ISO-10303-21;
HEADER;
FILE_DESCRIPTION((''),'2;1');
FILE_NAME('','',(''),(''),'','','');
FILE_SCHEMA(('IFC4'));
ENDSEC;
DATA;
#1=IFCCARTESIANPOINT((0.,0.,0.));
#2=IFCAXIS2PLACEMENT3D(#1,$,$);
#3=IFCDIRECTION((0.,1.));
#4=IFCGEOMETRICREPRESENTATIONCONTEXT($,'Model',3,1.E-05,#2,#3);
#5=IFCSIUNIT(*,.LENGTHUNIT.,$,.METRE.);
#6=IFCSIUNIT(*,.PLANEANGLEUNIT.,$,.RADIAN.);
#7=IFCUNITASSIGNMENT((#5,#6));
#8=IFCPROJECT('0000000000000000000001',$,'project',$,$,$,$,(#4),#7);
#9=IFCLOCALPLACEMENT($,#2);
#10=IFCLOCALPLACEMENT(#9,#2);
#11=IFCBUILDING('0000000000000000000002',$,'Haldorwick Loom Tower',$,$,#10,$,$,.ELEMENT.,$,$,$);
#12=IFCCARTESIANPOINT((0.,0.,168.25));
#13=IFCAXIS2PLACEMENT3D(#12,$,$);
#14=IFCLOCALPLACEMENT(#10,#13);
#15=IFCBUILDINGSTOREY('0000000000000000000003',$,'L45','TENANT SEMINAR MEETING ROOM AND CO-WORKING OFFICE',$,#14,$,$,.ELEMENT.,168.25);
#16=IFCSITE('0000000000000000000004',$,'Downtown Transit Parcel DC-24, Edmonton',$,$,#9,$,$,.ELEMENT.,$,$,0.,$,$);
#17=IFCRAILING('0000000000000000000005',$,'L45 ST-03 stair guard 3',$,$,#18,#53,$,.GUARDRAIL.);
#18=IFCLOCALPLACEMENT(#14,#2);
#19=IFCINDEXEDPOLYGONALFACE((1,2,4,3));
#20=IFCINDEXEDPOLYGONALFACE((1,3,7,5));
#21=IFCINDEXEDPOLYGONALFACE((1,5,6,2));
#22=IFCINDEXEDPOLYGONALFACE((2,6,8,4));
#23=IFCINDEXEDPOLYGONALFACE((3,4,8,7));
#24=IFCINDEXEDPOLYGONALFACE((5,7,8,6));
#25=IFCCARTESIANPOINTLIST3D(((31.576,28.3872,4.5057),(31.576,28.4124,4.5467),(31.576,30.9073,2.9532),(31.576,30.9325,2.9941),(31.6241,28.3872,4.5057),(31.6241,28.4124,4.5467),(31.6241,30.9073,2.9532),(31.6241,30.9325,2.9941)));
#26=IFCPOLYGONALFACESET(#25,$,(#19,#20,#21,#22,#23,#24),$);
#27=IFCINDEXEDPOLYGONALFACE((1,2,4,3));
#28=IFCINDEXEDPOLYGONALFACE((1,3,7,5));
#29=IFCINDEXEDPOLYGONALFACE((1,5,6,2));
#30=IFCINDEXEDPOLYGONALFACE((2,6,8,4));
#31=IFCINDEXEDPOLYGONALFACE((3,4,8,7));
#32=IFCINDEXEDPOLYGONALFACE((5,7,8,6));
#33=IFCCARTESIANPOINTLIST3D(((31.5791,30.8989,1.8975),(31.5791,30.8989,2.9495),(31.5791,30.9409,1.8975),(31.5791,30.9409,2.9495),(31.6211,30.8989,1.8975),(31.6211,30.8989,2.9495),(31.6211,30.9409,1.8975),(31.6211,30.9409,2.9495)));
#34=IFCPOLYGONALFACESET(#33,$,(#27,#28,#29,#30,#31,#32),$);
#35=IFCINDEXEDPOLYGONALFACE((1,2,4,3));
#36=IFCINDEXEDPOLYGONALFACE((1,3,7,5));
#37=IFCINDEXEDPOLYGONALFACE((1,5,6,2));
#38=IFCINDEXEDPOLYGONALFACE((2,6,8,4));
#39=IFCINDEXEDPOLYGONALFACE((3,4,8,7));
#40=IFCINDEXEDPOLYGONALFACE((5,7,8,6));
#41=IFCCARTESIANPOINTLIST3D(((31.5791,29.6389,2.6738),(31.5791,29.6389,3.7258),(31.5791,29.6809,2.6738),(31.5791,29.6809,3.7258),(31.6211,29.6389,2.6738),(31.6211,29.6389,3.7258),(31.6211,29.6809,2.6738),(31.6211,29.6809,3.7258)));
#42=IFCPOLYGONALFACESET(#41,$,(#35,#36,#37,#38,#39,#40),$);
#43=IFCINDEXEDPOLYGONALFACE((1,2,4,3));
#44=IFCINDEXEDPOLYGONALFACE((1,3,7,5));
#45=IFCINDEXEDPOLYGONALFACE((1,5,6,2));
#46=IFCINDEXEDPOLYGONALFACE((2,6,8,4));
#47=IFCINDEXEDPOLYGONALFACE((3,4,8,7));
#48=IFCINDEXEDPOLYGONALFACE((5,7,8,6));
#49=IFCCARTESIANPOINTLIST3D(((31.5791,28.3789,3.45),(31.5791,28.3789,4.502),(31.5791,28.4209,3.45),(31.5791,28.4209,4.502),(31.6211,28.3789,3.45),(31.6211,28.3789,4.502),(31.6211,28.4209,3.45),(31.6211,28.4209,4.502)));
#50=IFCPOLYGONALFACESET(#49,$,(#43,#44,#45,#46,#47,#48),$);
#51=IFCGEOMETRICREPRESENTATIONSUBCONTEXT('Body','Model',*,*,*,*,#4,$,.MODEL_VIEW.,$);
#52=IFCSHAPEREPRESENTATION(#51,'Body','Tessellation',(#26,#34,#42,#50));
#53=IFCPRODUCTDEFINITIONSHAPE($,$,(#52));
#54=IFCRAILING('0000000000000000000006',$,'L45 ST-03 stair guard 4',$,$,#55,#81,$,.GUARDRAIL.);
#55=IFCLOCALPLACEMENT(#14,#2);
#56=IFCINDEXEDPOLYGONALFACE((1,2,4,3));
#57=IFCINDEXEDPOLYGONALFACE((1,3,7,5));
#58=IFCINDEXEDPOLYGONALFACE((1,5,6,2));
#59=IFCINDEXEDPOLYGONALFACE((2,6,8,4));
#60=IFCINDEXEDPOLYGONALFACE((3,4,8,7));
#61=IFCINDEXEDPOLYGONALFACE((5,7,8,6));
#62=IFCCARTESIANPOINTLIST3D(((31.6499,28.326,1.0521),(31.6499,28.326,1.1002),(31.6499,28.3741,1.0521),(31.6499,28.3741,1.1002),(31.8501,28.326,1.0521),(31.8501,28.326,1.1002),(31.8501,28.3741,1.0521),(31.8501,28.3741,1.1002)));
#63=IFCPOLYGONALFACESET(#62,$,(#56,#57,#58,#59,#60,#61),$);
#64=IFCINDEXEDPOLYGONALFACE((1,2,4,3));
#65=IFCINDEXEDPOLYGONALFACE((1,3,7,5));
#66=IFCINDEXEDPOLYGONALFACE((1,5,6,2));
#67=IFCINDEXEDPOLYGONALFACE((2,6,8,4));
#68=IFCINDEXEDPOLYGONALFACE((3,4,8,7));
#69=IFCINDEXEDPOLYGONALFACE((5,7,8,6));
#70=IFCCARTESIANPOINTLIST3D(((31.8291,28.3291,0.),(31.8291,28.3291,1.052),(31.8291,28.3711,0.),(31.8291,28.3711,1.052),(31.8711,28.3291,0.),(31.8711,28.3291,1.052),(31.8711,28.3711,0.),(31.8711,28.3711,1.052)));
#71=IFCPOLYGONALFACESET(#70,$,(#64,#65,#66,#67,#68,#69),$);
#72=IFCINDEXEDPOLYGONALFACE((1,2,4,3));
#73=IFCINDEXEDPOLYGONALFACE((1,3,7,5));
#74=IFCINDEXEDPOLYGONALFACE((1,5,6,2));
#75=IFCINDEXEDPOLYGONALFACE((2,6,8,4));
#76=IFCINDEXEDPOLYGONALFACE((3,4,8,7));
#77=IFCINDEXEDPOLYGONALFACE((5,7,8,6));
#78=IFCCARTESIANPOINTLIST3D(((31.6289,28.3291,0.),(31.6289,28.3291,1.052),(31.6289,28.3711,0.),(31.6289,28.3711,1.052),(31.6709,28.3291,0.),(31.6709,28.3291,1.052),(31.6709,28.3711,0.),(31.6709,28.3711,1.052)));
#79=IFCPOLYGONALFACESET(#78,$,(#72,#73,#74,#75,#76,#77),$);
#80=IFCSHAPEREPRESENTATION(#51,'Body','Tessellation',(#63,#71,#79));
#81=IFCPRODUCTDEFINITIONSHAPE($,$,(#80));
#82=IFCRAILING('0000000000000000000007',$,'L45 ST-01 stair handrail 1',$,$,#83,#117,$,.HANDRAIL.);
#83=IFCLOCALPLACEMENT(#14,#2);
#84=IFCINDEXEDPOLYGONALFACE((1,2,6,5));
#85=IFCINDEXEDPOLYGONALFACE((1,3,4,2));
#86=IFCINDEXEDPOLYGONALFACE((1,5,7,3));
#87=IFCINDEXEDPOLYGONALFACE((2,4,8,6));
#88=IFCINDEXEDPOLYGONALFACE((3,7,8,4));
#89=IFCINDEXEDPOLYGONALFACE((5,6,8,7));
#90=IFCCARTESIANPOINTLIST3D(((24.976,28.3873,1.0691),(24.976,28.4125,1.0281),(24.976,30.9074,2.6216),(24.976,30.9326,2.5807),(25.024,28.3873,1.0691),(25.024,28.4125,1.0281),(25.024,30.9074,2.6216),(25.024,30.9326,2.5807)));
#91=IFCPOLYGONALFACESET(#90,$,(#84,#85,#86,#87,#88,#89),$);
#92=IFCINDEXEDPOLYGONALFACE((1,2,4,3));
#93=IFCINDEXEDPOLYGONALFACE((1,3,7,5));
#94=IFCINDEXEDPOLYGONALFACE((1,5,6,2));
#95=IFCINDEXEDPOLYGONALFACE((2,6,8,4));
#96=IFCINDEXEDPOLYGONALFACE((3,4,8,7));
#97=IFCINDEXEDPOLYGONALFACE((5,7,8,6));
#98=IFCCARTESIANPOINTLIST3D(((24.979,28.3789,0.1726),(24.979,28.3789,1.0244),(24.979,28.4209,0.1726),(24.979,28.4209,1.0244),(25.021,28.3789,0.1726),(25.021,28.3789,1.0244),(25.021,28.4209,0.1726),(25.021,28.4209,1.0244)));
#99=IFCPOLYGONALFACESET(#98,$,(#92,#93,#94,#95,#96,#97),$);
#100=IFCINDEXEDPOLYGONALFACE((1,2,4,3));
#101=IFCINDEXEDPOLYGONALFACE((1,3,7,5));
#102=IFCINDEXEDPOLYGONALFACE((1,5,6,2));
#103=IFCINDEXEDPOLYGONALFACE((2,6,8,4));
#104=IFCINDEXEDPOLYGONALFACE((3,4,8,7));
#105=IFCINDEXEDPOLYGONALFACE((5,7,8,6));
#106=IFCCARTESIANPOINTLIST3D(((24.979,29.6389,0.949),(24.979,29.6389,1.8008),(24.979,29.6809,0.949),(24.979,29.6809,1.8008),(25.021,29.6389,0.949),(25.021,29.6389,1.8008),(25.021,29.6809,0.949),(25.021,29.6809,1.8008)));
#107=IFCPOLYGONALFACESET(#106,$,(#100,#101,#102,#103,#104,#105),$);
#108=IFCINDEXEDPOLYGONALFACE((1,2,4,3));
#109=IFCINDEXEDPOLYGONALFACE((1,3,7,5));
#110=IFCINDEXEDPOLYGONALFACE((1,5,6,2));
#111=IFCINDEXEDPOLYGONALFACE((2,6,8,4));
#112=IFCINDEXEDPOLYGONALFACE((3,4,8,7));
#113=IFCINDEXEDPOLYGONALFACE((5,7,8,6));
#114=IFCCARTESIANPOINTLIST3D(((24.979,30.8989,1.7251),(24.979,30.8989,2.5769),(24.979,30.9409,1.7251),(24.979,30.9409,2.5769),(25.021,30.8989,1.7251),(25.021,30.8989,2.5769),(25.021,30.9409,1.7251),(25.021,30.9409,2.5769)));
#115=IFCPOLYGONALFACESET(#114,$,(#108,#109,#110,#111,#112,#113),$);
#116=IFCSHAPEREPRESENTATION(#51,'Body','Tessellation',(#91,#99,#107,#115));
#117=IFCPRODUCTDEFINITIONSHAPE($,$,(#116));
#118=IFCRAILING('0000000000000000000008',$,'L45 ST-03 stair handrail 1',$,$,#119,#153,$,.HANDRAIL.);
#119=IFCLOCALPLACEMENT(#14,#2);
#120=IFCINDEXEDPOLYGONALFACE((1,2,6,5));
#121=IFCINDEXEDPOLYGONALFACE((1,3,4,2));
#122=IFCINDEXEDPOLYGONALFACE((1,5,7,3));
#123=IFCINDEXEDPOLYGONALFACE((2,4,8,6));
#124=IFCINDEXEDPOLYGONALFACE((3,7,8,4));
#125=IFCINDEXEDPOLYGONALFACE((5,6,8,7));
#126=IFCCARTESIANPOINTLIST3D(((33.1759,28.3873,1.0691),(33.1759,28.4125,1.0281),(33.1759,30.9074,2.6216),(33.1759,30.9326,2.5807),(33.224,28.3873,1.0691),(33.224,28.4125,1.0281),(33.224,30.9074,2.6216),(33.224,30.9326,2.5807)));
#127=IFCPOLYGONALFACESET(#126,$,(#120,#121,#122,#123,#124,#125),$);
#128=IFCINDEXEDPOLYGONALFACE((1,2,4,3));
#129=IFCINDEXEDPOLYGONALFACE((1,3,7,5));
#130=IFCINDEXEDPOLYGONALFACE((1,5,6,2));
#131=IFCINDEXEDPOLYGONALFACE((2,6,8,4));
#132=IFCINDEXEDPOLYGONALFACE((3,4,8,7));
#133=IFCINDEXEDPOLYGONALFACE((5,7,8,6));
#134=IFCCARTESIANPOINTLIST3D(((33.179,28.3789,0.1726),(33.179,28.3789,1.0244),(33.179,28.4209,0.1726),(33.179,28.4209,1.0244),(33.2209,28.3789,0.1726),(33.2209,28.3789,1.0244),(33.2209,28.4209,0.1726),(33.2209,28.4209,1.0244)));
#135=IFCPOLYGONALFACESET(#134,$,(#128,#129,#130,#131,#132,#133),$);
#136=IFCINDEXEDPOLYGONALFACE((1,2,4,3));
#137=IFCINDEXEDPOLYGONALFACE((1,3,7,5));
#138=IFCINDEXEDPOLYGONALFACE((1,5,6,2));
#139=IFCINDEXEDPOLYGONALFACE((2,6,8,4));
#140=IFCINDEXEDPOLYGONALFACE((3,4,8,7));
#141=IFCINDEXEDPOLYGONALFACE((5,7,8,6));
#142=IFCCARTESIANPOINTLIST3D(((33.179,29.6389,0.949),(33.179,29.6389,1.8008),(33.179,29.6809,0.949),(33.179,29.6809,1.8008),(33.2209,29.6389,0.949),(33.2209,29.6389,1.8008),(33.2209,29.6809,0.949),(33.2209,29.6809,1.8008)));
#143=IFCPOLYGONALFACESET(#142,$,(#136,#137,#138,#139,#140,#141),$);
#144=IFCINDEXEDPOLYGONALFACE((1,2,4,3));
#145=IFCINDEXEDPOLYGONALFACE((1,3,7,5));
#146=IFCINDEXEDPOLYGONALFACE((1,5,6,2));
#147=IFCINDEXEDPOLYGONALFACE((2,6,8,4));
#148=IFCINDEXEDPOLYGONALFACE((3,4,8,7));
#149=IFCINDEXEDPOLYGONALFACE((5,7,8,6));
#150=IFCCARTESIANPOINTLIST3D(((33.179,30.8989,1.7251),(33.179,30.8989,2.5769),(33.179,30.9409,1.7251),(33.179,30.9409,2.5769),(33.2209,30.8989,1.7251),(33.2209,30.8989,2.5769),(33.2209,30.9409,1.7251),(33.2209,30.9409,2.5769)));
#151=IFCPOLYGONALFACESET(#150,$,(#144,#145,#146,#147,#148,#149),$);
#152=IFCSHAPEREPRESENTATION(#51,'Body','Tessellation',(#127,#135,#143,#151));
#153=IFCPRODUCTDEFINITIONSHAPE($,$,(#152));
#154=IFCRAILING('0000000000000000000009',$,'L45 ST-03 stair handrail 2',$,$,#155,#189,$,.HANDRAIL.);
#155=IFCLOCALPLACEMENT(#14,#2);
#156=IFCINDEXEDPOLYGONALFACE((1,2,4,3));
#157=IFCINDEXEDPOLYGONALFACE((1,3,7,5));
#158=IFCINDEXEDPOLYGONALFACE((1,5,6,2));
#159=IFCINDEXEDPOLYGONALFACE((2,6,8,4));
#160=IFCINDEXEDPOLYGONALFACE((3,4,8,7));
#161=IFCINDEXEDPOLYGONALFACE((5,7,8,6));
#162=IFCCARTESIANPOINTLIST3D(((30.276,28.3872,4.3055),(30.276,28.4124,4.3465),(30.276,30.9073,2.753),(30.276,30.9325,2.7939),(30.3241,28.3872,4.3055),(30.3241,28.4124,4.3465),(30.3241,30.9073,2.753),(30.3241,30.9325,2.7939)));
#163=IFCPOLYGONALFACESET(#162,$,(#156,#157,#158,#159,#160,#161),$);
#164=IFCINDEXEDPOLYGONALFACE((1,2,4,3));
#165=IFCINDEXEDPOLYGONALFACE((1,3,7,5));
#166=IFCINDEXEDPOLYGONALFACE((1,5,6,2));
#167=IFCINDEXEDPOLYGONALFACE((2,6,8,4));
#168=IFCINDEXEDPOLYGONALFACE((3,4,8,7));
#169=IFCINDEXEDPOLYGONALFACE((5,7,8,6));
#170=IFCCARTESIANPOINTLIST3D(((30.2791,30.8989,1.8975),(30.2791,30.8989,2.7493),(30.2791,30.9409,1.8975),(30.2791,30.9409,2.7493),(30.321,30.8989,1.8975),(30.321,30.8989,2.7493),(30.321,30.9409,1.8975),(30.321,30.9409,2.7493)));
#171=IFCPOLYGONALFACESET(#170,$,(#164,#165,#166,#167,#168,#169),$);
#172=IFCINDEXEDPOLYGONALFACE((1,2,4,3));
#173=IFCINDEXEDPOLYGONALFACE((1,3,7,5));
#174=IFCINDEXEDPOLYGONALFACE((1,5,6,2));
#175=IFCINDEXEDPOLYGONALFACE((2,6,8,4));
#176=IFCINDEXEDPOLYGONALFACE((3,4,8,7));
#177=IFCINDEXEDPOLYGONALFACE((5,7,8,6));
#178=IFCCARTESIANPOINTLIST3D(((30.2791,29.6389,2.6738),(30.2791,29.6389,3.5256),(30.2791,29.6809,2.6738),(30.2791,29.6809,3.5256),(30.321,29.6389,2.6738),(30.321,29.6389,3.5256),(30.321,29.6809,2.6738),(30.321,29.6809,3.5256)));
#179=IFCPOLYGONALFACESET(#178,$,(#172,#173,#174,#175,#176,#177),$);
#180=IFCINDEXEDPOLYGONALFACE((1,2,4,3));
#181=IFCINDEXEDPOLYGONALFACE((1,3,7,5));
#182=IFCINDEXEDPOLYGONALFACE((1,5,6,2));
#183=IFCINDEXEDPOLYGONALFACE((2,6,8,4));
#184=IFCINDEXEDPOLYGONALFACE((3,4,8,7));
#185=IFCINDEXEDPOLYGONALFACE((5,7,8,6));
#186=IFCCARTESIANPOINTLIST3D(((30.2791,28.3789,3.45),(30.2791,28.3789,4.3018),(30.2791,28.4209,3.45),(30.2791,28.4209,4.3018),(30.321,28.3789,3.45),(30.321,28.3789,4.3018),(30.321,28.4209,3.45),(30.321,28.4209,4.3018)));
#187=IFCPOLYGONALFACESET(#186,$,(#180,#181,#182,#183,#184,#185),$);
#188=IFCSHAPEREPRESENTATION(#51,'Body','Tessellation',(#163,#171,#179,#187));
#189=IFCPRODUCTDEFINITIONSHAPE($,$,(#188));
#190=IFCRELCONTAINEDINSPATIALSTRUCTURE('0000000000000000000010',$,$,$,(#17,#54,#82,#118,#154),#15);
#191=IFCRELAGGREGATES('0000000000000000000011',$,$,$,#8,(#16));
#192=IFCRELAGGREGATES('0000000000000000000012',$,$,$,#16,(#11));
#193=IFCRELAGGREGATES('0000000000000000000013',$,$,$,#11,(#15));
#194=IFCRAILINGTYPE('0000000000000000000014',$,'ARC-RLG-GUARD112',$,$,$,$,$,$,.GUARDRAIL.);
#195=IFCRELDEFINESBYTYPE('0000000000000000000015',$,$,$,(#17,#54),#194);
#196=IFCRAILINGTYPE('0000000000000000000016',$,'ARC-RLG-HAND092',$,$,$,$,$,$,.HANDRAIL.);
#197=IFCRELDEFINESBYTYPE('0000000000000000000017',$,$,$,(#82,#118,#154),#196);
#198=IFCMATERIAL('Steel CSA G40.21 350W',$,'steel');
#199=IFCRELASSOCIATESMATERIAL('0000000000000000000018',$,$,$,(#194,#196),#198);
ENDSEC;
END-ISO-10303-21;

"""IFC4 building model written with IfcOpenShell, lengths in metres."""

from ifc_helpers import new_model, si_unit, direction, frame, origin, origin_2d, place, context, subcontext, project, spatial, rectangle, extrude, material, type_object, element, save


model = new_model("IFC4")

# Units and contexts
model_context = context("Model", 3, precision=1e-05, world=origin(), true_north=direction((0.0, 1.0)))
body_context = subcontext(model_context, "Body", "Model", "MODEL_VIEW")
ifc_project = project(units=[si_unit("LENGTHUNIT", "METRE"), si_unit("PLANEANGLEUNIT", "RADIAN")], contexts=[model_context])

# Site, building, storey
site_placement = place(None, origin())
site = spatial("IfcSite", under=ifc_project, at=site_placement, Name="Downtown Transit Parcel DC-24, Edmonton", CompositionType="ELEMENT", RefElevation=0.0)
building_placement = place(site_placement, origin())
building = spatial("IfcBuilding", under=site, at=building_placement, Name="Haldorwick Loom Tower", CompositionType="ELEMENT")
storey_placement = place(building_placement, frame((0.0, 0.0, 168.25)))
storey = spatial("IfcBuildingStorey", under=building, at=storey_placement, Name="L45", Description="TENANT SEMINAR MEETING ROOM AND CO-WORKING OFFICE", CompositionType="ELEMENT", Elevation=168.25)

# Shared definitions
ifc_material_1 = material(Name="Steel CSA G40.21 350W", Category="steel")

# Railings
railing_type_1 = type_object("IfcRailingType", Name="ARC-RLG-GUARD112", PredefinedType="GUARDRAIL", material=ifc_material_1)
railing_1_placement = place(storey_placement, frame((31.6001, 30.9199, 1.8975)))
element("IfcRailing", 1, at=railing_1_placement, inside=storey, type_object=railing_type_1, Name="L45 ST-03 stair guard 3", PredefinedType="GUARDRAIL", context=body_context, shape_type="SweptSolid", body=[
    extrude(rectangle(XDim=0.0481, YDim=0.0481, at=origin_2d()), frame((0.0, 0.0, 1.0762), z_axis=(0.0, -0.8514, 0.524516), x_axis=(1.0, 0.0, 0.0)), (0.0, 0.0, 1.0), 2.96),
    extrude(rectangle(XDim=0.042, YDim=0.042, at=origin_2d()), origin(), (0.0, 0.0, 1.0), 1.052),
    extrude(rectangle(XDim=0.042, YDim=0.042, at=origin_2d()), frame((0.0, -1.26, 0.7764)), (0.0, 0.0, 1.0), 1.052),
    extrude(rectangle(XDim=0.042, YDim=0.042, at=origin_2d()), frame((0.0, -2.52, 1.5525)), (0.0, 0.0, 1.0), 1.052),
])
railing_2_placement = place(storey_placement, frame((31.8501, 28.3501, 0.0)))
element("IfcRailing", 2, at=railing_2_placement, inside=storey, type_object=railing_type_1, Name="L45 ST-03 stair guard 4", PredefinedType="GUARDRAIL", context=body_context, shape_type="SweptSolid", body=[
    extrude(rectangle(XDim=0.0481, YDim=0.0481, at=origin_2d()), frame((0.0, 0.0, 1.0762), z_axis=(-1.0, 0.0, 0.0), x_axis=(0.0, -1.0, 0.0)), (0.0, 0.0, 1.0), 0.2002),
    extrude(rectangle(XDim=0.042, YDim=0.042, at=origin_2d()), origin(), (0.0, 0.0, 1.0), 1.052),
    extrude(rectangle(XDim=0.042, YDim=0.042, at=origin_2d()), frame((-0.2002, 0.0, 0.0)), (0.0, 0.0, 1.0), 1.052),
])
railing_type_2 = type_object("IfcRailingType", Name="ARC-RLG-HAND092", PredefinedType="HANDRAIL", material=ifc_material_1)
for number, where, name in (
    (3, (25.0, 28.3999, 0.1726), "L45 ST-01 stair handrail 1"),
    (4, (33.2, 28.3999, 0.1726), "L45 ST-03 stair handrail 1"),
):
    element("IfcRailing", number, at=place(storey_placement, frame(where)), inside=storey, type_object=railing_type_2, Name=name, PredefinedType="HANDRAIL", context=body_context, shape_type="SweptSolid", body=[
        extrude(rectangle(XDim=0.0481, YDim=0.0481, at=origin_2d()), frame((0.0, 0.0, 0.876), z_axis=(0.0, 0.8514, 0.524516), x_axis=(-1.0, 0.0, 0.0)), (0.0, 0.0, 1.0), 2.96),
        extrude(rectangle(XDim=0.042, YDim=0.042, at=origin_2d()), origin(), (0.0, 0.0, 1.0), 0.8518),
        extrude(rectangle(XDim=0.042, YDim=0.042, at=origin_2d()), frame((0.0, 1.26, 0.7764)), (0.0, 0.0, 1.0), 0.8518),
        extrude(rectangle(XDim=0.042, YDim=0.042, at=origin_2d()), frame((0.0, 2.52, 1.5525)), (0.0, 0.0, 1.0), 0.8518),
    ])
railing_3_placement = place(storey_placement, frame((30.3, 30.9199, 1.8975)))
element("IfcRailing", 5, at=railing_3_placement, inside=storey, type_object=railing_type_2, Name="L45 ST-03 stair handrail 2", PredefinedType="HANDRAIL", context=body_context, shape_type="SweptSolid", body=[
    extrude(rectangle(XDim=0.0481, YDim=0.0481, at=origin_2d()), frame((0.0, 0.0, 0.876), z_axis=(0.0, -0.8514, 0.524516), x_axis=(1.0, 0.0, 0.0)), (0.0, 0.0, 1.0), 2.96),
    extrude(rectangle(XDim=0.042, YDim=0.042, at=origin_2d()), origin(), (0.0, 0.0, 1.0), 0.8518),
    extrude(rectangle(XDim=0.042, YDim=0.042, at=origin_2d()), frame((0.0, -1.26, 0.7764)), (0.0, 0.0, 1.0), 0.8518),
    extrude(rectangle(XDim=0.042, YDim=0.042, at=origin_2d()), frame((0.0, -2.52, 1.5525)), (0.0, 0.0, 1.0), 0.8518),
])

save(model, "model.ifc")
